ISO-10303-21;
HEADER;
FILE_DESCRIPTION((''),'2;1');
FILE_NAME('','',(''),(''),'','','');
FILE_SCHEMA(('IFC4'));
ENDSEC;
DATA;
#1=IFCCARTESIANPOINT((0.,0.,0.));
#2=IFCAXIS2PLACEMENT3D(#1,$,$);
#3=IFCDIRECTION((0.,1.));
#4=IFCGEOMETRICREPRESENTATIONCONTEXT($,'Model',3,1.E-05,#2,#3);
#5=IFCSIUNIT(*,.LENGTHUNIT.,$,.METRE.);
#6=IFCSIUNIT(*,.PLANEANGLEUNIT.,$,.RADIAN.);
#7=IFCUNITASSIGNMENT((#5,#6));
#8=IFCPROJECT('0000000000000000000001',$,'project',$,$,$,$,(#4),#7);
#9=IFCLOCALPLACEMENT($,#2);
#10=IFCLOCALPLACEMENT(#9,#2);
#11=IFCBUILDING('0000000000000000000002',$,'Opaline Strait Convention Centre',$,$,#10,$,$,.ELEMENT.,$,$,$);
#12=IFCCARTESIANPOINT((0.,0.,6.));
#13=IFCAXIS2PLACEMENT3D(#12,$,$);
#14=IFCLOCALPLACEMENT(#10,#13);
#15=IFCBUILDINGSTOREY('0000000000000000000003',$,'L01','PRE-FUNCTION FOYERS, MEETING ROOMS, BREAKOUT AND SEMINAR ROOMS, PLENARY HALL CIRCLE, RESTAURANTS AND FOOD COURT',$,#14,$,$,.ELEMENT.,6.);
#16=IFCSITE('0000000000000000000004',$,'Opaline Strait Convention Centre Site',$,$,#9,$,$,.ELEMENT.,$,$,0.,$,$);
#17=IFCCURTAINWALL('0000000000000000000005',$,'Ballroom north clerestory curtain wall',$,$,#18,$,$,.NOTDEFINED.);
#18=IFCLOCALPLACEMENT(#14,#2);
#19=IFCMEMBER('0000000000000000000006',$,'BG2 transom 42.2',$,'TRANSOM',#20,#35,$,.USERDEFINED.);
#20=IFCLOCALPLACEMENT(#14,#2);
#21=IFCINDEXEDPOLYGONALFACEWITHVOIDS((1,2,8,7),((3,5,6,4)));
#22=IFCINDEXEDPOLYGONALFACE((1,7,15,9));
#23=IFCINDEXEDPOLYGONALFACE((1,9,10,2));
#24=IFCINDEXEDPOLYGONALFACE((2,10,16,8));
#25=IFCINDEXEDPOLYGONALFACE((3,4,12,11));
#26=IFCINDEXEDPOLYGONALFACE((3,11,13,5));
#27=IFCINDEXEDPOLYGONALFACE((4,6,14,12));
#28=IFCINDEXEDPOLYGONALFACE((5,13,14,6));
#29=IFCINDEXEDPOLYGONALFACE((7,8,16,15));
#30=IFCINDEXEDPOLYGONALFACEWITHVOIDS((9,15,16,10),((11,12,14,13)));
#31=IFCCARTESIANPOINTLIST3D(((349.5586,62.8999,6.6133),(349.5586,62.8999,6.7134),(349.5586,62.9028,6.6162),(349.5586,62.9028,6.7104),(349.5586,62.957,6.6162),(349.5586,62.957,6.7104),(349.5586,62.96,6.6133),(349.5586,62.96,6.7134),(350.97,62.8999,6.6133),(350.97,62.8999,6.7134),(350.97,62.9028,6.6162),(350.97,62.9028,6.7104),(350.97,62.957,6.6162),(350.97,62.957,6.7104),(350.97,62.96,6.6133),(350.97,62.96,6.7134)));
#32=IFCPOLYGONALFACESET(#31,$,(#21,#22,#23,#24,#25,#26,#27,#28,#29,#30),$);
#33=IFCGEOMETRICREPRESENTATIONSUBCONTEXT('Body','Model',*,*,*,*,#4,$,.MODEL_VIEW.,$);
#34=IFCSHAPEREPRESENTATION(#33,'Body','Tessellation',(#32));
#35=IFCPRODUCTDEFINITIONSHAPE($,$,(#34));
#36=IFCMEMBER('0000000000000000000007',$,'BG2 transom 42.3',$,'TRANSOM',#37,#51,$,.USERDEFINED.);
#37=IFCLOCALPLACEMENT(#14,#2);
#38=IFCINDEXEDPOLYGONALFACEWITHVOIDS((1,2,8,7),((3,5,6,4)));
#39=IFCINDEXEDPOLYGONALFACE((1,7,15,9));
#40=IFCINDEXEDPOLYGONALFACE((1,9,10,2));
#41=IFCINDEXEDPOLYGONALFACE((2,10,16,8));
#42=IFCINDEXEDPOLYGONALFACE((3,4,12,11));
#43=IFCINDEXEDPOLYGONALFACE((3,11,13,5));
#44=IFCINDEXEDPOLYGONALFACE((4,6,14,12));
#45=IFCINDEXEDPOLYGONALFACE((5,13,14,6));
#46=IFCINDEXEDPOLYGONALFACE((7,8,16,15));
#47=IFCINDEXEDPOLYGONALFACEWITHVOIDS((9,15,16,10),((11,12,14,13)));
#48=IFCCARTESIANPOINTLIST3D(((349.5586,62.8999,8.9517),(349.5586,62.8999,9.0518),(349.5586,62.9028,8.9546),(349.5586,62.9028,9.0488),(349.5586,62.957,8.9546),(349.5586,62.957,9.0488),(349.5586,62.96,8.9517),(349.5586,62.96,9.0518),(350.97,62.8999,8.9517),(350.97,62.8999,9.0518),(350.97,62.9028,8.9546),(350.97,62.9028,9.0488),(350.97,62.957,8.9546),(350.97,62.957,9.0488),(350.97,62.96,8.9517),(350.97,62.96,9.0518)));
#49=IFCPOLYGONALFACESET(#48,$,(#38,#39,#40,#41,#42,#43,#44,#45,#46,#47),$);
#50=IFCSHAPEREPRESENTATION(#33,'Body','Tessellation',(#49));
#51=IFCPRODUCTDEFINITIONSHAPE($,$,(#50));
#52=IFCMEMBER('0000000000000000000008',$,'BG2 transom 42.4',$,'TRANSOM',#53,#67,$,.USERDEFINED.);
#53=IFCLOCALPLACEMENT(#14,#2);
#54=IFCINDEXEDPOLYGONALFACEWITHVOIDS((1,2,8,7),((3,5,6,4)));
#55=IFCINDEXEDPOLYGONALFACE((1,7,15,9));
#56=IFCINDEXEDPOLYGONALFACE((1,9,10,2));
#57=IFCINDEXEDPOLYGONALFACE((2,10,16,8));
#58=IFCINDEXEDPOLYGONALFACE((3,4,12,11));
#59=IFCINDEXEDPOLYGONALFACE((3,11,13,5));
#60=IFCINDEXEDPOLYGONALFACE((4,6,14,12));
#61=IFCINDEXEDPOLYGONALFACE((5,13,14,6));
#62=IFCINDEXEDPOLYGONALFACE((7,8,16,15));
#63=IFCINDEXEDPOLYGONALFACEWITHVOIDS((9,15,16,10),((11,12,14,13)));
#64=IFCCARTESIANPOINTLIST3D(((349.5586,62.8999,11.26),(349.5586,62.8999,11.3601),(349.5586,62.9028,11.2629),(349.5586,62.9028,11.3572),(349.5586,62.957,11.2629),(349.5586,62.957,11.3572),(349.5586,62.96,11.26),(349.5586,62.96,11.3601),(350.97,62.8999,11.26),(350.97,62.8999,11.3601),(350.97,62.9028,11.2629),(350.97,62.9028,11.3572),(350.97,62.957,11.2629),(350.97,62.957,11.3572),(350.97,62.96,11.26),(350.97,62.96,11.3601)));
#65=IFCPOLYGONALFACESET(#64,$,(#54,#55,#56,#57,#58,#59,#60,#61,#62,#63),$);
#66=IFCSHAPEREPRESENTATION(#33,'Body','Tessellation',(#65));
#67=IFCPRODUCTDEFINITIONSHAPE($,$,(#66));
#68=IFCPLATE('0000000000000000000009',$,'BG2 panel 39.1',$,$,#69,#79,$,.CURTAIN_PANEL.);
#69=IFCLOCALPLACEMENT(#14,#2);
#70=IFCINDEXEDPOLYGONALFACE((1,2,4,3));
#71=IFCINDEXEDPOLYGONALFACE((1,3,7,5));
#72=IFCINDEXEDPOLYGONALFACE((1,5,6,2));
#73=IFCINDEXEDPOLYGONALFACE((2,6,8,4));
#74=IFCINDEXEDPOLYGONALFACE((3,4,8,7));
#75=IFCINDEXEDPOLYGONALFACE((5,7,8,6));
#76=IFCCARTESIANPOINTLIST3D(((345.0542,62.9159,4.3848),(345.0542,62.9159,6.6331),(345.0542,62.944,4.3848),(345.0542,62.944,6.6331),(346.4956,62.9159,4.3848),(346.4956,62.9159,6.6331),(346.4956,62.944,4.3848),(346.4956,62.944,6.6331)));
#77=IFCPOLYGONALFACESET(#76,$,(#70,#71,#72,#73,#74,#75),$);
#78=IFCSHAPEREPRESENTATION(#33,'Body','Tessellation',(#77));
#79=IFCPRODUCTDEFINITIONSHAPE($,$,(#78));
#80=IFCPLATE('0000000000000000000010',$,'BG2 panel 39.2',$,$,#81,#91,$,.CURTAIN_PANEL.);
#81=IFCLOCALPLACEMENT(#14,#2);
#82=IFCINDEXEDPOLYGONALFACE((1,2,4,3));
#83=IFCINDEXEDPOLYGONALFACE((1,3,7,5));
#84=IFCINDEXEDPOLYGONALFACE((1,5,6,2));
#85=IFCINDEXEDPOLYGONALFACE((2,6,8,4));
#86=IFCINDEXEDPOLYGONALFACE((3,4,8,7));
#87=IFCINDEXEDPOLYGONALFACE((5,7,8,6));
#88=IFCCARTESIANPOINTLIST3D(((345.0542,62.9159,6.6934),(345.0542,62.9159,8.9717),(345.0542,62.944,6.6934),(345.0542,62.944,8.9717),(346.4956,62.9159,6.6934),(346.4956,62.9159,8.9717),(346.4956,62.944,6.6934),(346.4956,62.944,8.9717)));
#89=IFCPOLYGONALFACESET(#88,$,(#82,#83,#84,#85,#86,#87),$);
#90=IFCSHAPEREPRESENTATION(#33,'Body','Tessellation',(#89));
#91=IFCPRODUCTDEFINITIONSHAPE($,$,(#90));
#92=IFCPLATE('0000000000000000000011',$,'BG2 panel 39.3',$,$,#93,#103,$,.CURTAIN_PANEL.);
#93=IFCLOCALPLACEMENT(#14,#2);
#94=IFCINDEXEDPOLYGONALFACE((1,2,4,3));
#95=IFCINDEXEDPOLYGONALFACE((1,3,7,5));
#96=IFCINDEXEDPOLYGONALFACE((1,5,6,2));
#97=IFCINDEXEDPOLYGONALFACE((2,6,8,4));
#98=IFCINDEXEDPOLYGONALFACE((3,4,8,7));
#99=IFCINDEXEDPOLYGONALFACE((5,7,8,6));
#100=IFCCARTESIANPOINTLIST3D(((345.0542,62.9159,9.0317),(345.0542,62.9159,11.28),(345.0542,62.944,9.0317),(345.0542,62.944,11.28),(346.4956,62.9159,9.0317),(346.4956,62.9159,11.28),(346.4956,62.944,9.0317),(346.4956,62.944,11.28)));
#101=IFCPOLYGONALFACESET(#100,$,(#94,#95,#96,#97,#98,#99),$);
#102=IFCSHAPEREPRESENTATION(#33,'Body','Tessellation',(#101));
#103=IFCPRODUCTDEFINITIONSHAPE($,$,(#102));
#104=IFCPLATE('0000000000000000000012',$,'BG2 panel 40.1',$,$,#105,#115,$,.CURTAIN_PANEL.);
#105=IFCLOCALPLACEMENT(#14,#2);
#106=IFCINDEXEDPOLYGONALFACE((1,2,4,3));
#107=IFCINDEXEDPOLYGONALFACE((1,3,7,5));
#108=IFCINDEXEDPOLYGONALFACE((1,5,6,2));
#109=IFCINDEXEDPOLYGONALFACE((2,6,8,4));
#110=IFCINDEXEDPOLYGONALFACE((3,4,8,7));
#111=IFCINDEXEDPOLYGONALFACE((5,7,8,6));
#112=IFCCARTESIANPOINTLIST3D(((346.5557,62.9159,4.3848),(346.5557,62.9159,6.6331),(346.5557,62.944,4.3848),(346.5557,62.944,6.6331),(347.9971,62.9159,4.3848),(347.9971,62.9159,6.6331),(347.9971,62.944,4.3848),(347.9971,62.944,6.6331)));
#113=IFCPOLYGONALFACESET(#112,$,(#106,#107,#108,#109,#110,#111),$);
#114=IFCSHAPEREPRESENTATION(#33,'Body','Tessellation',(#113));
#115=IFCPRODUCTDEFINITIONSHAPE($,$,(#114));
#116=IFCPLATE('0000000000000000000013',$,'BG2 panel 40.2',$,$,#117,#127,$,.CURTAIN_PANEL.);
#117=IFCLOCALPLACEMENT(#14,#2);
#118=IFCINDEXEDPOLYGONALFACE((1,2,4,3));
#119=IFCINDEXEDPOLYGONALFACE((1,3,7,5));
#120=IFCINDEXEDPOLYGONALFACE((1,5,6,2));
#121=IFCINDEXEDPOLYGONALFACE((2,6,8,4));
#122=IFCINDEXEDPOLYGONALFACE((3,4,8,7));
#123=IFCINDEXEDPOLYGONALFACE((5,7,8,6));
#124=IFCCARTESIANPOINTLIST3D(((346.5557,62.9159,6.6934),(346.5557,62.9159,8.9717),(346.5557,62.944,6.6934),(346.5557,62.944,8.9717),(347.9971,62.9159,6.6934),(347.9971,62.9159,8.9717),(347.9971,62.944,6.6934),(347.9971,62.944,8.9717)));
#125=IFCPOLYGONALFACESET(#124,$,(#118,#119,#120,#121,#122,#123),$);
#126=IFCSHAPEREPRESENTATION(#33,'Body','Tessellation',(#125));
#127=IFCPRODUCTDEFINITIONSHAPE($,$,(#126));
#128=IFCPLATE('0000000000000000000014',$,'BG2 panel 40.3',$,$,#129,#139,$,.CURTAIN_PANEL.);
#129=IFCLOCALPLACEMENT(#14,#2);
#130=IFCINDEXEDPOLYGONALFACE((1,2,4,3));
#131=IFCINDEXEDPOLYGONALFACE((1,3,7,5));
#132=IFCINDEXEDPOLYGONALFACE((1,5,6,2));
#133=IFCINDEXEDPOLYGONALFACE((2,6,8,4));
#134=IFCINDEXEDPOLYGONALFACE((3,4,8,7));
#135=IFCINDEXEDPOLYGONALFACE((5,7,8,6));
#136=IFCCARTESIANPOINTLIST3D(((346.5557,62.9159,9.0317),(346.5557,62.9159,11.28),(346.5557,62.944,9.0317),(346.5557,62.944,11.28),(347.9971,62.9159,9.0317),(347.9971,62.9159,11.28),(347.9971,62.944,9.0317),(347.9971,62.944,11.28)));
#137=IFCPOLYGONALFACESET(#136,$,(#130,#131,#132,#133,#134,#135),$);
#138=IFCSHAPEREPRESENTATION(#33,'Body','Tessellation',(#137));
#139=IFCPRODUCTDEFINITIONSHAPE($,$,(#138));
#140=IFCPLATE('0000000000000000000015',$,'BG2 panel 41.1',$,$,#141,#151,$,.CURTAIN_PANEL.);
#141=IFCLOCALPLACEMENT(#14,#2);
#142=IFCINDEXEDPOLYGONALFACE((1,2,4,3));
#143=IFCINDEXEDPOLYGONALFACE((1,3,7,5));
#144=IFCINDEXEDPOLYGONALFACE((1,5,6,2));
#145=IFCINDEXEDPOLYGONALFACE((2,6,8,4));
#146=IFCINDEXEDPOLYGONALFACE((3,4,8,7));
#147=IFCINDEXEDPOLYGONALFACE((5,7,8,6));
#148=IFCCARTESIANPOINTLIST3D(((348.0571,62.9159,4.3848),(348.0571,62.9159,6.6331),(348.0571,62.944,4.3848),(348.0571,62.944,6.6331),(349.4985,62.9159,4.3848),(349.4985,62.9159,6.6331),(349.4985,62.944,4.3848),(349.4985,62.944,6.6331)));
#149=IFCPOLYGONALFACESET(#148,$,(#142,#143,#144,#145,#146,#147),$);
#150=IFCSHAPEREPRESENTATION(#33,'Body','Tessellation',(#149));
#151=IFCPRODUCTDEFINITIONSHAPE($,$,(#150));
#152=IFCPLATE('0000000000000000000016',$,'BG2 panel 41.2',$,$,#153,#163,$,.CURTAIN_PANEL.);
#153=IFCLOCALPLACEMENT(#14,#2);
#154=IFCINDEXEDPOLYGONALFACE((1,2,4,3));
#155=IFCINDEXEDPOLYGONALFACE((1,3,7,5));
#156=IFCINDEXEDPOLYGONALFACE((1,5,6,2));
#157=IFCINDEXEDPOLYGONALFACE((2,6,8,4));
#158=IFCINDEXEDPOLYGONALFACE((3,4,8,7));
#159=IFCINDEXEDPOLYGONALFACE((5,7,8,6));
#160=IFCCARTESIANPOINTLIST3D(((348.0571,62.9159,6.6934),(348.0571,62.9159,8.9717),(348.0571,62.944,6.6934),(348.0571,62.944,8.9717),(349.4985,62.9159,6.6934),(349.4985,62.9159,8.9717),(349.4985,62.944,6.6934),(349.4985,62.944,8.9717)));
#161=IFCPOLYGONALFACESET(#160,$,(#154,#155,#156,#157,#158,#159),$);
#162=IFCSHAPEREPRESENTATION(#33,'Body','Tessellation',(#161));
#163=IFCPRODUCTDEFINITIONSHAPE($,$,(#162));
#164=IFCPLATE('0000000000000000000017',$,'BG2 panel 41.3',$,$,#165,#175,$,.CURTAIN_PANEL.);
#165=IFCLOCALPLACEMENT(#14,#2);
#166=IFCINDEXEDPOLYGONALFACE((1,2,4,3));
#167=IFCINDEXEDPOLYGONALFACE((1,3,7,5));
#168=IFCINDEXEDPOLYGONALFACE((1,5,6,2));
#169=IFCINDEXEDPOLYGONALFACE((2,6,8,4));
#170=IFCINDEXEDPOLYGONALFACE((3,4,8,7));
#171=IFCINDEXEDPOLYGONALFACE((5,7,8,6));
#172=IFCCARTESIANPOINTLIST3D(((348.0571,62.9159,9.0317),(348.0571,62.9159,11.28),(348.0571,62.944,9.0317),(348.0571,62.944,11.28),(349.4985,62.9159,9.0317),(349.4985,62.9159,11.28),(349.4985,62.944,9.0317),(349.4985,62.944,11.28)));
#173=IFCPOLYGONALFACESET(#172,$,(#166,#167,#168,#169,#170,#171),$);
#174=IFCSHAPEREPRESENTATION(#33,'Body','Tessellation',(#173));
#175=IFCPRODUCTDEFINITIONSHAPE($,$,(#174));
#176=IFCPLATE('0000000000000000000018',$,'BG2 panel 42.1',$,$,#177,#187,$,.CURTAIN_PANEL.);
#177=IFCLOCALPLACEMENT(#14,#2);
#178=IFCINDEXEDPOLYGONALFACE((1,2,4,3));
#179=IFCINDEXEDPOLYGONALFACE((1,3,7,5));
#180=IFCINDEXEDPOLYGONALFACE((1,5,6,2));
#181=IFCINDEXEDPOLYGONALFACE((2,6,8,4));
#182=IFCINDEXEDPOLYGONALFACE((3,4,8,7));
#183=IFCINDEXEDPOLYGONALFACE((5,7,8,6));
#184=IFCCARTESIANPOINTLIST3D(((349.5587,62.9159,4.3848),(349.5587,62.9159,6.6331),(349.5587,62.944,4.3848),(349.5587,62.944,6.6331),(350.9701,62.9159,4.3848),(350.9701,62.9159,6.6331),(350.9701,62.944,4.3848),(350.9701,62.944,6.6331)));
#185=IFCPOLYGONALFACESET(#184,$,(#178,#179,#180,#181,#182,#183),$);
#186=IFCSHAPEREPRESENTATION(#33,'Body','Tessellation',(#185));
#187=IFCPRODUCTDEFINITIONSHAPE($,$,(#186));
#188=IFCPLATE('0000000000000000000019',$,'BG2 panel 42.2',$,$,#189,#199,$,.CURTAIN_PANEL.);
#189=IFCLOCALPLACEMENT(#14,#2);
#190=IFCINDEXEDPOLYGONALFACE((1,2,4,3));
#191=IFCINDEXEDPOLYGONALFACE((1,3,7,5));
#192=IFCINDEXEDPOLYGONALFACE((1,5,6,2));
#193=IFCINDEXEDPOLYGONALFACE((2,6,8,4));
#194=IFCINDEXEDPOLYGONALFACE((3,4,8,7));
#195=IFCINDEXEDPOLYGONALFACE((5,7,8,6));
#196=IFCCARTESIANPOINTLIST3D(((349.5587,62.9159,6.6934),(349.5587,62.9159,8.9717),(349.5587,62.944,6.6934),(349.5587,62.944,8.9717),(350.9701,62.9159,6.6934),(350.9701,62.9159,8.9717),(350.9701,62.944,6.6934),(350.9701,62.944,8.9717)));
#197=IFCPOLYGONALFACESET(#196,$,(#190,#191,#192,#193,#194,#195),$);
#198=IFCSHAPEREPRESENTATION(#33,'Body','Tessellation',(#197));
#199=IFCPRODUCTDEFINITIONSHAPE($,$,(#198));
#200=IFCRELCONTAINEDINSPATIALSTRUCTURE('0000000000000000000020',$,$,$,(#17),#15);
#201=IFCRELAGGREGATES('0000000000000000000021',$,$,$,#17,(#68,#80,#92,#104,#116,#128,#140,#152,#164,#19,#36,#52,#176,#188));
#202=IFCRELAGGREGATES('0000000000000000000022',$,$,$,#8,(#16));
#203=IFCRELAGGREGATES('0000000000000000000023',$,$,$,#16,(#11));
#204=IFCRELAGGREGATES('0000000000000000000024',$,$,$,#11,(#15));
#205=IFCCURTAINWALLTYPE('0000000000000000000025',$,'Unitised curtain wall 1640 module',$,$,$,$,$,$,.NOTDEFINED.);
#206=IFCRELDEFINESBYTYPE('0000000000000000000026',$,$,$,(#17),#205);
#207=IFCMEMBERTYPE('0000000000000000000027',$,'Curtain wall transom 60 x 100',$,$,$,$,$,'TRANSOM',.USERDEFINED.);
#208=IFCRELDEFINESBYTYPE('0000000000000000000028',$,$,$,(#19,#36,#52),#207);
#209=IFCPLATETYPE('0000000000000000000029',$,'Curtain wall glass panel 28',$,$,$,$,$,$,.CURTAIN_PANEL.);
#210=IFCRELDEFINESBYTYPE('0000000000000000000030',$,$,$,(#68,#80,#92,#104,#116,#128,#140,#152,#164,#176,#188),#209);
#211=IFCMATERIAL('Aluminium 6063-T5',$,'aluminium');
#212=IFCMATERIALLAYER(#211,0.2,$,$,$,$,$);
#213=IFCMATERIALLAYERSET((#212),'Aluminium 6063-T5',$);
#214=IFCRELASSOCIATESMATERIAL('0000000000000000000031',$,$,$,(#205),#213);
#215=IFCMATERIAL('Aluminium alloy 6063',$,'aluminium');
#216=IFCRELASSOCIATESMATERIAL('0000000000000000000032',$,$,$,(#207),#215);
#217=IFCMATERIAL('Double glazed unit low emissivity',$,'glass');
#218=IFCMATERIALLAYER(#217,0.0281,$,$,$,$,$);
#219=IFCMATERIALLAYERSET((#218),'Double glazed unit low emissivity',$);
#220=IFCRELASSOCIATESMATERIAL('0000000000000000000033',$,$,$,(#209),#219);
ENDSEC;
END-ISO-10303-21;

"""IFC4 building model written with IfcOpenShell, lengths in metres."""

from ifc_helpers import new_model, si_unit, direction, frame, origin, origin_2d, place, context, subcontext, project, spatial, rectangle, hollow_rectangle, extrude, material, layer, layer_set, material_profile, profile_set, type_object, element, aggregate, save


model = new_model("IFC4")

# Units and contexts
model_context = context("Model", 3, precision=1e-05, world=origin(), true_north=direction((0.0, 1.0)))
body_context = subcontext(model_context, "Body", "Model", "MODEL_VIEW")
ifc_project = project(units=[si_unit("LENGTHUNIT", "METRE"), si_unit("PLANEANGLEUNIT", "RADIAN")], contexts=[model_context])

# Site, building, storey
site_placement = place(None, origin())
site = spatial("IfcSite", under=ifc_project, at=site_placement, Name="Opaline Strait Convention Centre Site", CompositionType="ELEMENT", RefElevation=0.0)
building_placement = place(site_placement, origin())
building = spatial("IfcBuilding", under=site, at=building_placement, Name="Opaline Strait Convention Centre", CompositionType="ELEMENT")
storey_placement = place(building_placement, frame((0.0, 0.0, 6.0)))
storey = spatial("IfcBuildingStorey", under=building, at=storey_placement, Name="L01", Description="PRE-FUNCTION FOYERS, MEETING ROOMS, BREAKOUT AND SEMINAR ROOMS, PLENARY HALL CIRCLE, RESTAURANTS AND FOOD COURT", CompositionType="ELEMENT", Elevation=6.0)

# Curtain wall, members, plates
ifc_material_1 = material(Name="Aluminium 6063-T5", Category="aluminium")
ifc_layer_1 = layer(ifc_material_1, 0.2)
ifc_layer_set_1 = layer_set([ifc_layer_1], Name="Aluminium 6063-T5")
curtain_wall_type = type_object("IfcCurtainWallType", Name="Unitised curtain wall 1640 module", PredefinedType="NOTDEFINED", material=ifc_layer_set_1)
curtain_wall_placement = place(storey_placement, origin())
curtain_wall = element("IfcCurtainWall", 1, at=curtain_wall_placement, inside=storey, type_object=curtain_wall_type, Name="Ballroom north clerestory curtain wall", PredefinedType="NOTDEFINED")
ifc_material_2 = material(Name="Aluminium alloy 6063", Category="aluminium")
ifc_material_profile = material_profile(ifc_material_2, hollow_rectangle(XDim=0.0601, YDim=0.1001, WallThickness=0.0029, at=origin_2d()), Name="TRANSOM 60x100x3")
ifc_profile_set = profile_set([ifc_material_profile], Name="Aluminium alloy 6063")
member_type = type_object("IfcMemberType", Name="Curtain wall transom 60 x 100", ElementType="TRANSOM", PredefinedType="USERDEFINED", material=ifc_profile_set)
member_1_placement = place(storey_placement, frame((349.5586, 62.9299, 6.6633), z_axis=(1.0, 0.0, 0.0), x_axis=(0.0, 1.0, 0.0)))
member_1 = element("IfcMember", 2, at=member_1_placement, type_object=member_type, Name="BG2 transom 42.2", ObjectType="TRANSOM", PredefinedType="USERDEFINED", context=body_context, shape_type="SweptSolid", body=[
    extrude(hollow_rectangle(XDim=0.0601, YDim=0.1001, WallThickness=0.0029, at=origin_2d()), origin(), (0.0, 0.0, 1.0), 1.4114),
])
member_2_placement = place(storey_placement, frame((349.5586, 62.9299, 9.0017), z_axis=(1.0, 0.0, 0.0), x_axis=(0.0, 1.0, 0.0)))
member_2 = element("IfcMember", 3, at=member_2_placement, type_object=member_type, Name="BG2 transom 42.3", ObjectType="TRANSOM", PredefinedType="USERDEFINED", context=body_context, shape_type="SweptSolid", body=[
    extrude(hollow_rectangle(XDim=0.0601, YDim=0.1001, WallThickness=0.0029, at=origin_2d()), origin(), (0.0, 0.0, 1.0), 1.4114),
])
member_3_placement = place(storey_placement, frame((349.5586, 62.9299, 11.3101), z_axis=(1.0, 0.0, 0.0), x_axis=(0.0, 1.0, 0.0)))
member_3 = element("IfcMember", 4, at=member_3_placement, type_object=member_type, Name="BG2 transom 42.4", ObjectType="TRANSOM", PredefinedType="USERDEFINED", context=body_context, shape_type="SweptSolid", body=[
    extrude(hollow_rectangle(XDim=0.0601, YDim=0.1001, WallThickness=0.0029, at=origin_2d()), origin(), (0.0, 0.0, 1.0), 1.4114),
])
ifc_material_3 = material(Name="Double glazed unit low emissivity", Category="glass")
ifc_layer_2 = layer(ifc_material_3, 0.0281)
ifc_layer_set_2 = layer_set([ifc_layer_2], Name="Double glazed unit low emissivity")
plate_type = type_object("IfcPlateType", Name="Curtain wall glass panel 28", PredefinedType="CURTAIN_PANEL", material=ifc_layer_set_2)
plate_1_placement = place(storey_placement, frame((345.7749, 62.9299, 4.3848), z_axis=(0.0, 0.0, 1.0), x_axis=(1.0, 0.0, 0.0)))
plate_1 = element("IfcPlate", 5, at=plate_1_placement, type_object=plate_type, Name="BG2 panel 39.1", PredefinedType="CURTAIN_PANEL", context=body_context, shape_type="SweptSolid", body=[
    extrude(rectangle(XDim=1.4414, YDim=0.0281, at=origin_2d()), origin(), (0.0, 0.0, 1.0), 2.2483),
])
plate_2_placement = place(storey_placement, frame((345.7749, 62.9299, 6.6934), z_axis=(0.0, 0.0, 1.0), x_axis=(1.0, 0.0, 0.0)))
plate_2 = element("IfcPlate", 6, at=plate_2_placement, type_object=plate_type, Name="BG2 panel 39.2", PredefinedType="CURTAIN_PANEL", context=body_context, shape_type="SweptSolid", body=[
    extrude(rectangle(XDim=1.4414, YDim=0.0281, at=origin_2d()), origin(), (0.0, 0.0, 1.0), 2.2783),
])
plate_3_placement = place(storey_placement, frame((345.7749, 62.9299, 9.0317), z_axis=(0.0, 0.0, 1.0), x_axis=(1.0, 0.0, 0.0)))
plate_3 = element("IfcPlate", 7, at=plate_3_placement, type_object=plate_type, Name="BG2 panel 39.3", PredefinedType="CURTAIN_PANEL", context=body_context, shape_type="SweptSolid", body=[
    extrude(rectangle(XDim=1.4414, YDim=0.0281, at=origin_2d()), origin(), (0.0, 0.0, 1.0), 2.2483),
])
plate_4_placement = place(storey_placement, frame((347.2764, 62.9299, 4.3848), z_axis=(0.0, 0.0, 1.0), x_axis=(1.0, 0.0, 0.0)))
plate_4 = element("IfcPlate", 8, at=plate_4_placement, type_object=plate_type, Name="BG2 panel 40.1", PredefinedType="CURTAIN_PANEL", context=body_context, shape_type="SweptSolid", body=[
    extrude(rectangle(XDim=1.4414, YDim=0.0281, at=origin_2d()), origin(), (0.0, 0.0, 1.0), 2.2483),
])
plate_5_placement = place(storey_placement, frame((347.2764, 62.9299, 6.6934), z_axis=(0.0, 0.0, 1.0), x_axis=(1.0, 0.0, 0.0)))
plate_5 = element("IfcPlate", 9, at=plate_5_placement, type_object=plate_type, Name="BG2 panel 40.2", PredefinedType="CURTAIN_PANEL", context=body_context, shape_type="SweptSolid", body=[
    extrude(rectangle(XDim=1.4414, YDim=0.0281, at=origin_2d()), origin(), (0.0, 0.0, 1.0), 2.2783),
])
plate_6_placement = place(storey_placement, frame((347.2764, 62.9299, 9.0317), z_axis=(0.0, 0.0, 1.0), x_axis=(1.0, 0.0, 0.0)))
plate_6 = element("IfcPlate", 10, at=plate_6_placement, type_object=plate_type, Name="BG2 panel 40.3", PredefinedType="CURTAIN_PANEL", context=body_context, shape_type="SweptSolid", body=[
    extrude(rectangle(XDim=1.4414, YDim=0.0281, at=origin_2d()), origin(), (0.0, 0.0, 1.0), 2.2483),
])
plate_7_placement = place(storey_placement, frame((348.7778, 62.9299, 4.3848), z_axis=(0.0, 0.0, 1.0), x_axis=(1.0, 0.0, 0.0)))
plate_7 = element("IfcPlate", 11, at=plate_7_placement, type_object=plate_type, Name="BG2 panel 41.1", PredefinedType="CURTAIN_PANEL", context=body_context, shape_type="SweptSolid", body=[
    extrude(rectangle(XDim=1.4414, YDim=0.0281, at=origin_2d()), origin(), (0.0, 0.0, 1.0), 2.2483),
])
plate_8_placement = place(storey_placement, frame((348.7778, 62.9299, 6.6934), z_axis=(0.0, 0.0, 1.0), x_axis=(1.0, 0.0, 0.0)))
plate_8 = element("IfcPlate", 12, at=plate_8_placement, type_object=plate_type, Name="BG2 panel 41.2", PredefinedType="CURTAIN_PANEL", context=body_context, shape_type="SweptSolid", body=[
    extrude(rectangle(XDim=1.4414, YDim=0.0281, at=origin_2d()), origin(), (0.0, 0.0, 1.0), 2.2783),
])
plate_9_placement = place(storey_placement, frame((348.7778, 62.9299, 9.0317), z_axis=(0.0, 0.0, 1.0), x_axis=(1.0, 0.0, 0.0)))
plate_9 = element("IfcPlate", 13, at=plate_9_placement, type_object=plate_type, Name="BG2 panel 41.3", PredefinedType="CURTAIN_PANEL", context=body_context, shape_type="SweptSolid", body=[
    extrude(rectangle(XDim=1.4414, YDim=0.0281, at=origin_2d()), origin(), (0.0, 0.0, 1.0), 2.2483),
])
plate_10_placement = place(storey_placement, frame((350.2644, 62.9299, 4.3848), z_axis=(0.0, 0.0, 1.0), x_axis=(1.0, 0.0, 0.0)))
plate_10 = element("IfcPlate", 14, at=plate_10_placement, type_object=plate_type, Name="BG2 panel 42.1", PredefinedType="CURTAIN_PANEL", context=body_context, shape_type="SweptSolid", body=[
    extrude(rectangle(XDim=1.4114, YDim=0.0281, at=origin_2d()), origin(), (0.0, 0.0, 1.0), 2.2483),
])
plate_11_placement = place(storey_placement, frame((350.2644, 62.9299, 6.6934), z_axis=(0.0, 0.0, 1.0), x_axis=(1.0, 0.0, 0.0)))
plate_11 = element("IfcPlate", 15, at=plate_11_placement, type_object=plate_type, Name="BG2 panel 42.2", PredefinedType="CURTAIN_PANEL", context=body_context, shape_type="SweptSolid", body=[
    extrude(rectangle(XDim=1.4114, YDim=0.0281, at=origin_2d()), origin(), (0.0, 0.0, 1.0), 2.2783),
])
aggregate(curtain_wall, [plate_1, plate_2, plate_3, plate_4, plate_5, plate_6, plate_7, plate_8, plate_9, member_1, member_2, member_3, plate_10, plate_11])

save(model, "model.ifc")
